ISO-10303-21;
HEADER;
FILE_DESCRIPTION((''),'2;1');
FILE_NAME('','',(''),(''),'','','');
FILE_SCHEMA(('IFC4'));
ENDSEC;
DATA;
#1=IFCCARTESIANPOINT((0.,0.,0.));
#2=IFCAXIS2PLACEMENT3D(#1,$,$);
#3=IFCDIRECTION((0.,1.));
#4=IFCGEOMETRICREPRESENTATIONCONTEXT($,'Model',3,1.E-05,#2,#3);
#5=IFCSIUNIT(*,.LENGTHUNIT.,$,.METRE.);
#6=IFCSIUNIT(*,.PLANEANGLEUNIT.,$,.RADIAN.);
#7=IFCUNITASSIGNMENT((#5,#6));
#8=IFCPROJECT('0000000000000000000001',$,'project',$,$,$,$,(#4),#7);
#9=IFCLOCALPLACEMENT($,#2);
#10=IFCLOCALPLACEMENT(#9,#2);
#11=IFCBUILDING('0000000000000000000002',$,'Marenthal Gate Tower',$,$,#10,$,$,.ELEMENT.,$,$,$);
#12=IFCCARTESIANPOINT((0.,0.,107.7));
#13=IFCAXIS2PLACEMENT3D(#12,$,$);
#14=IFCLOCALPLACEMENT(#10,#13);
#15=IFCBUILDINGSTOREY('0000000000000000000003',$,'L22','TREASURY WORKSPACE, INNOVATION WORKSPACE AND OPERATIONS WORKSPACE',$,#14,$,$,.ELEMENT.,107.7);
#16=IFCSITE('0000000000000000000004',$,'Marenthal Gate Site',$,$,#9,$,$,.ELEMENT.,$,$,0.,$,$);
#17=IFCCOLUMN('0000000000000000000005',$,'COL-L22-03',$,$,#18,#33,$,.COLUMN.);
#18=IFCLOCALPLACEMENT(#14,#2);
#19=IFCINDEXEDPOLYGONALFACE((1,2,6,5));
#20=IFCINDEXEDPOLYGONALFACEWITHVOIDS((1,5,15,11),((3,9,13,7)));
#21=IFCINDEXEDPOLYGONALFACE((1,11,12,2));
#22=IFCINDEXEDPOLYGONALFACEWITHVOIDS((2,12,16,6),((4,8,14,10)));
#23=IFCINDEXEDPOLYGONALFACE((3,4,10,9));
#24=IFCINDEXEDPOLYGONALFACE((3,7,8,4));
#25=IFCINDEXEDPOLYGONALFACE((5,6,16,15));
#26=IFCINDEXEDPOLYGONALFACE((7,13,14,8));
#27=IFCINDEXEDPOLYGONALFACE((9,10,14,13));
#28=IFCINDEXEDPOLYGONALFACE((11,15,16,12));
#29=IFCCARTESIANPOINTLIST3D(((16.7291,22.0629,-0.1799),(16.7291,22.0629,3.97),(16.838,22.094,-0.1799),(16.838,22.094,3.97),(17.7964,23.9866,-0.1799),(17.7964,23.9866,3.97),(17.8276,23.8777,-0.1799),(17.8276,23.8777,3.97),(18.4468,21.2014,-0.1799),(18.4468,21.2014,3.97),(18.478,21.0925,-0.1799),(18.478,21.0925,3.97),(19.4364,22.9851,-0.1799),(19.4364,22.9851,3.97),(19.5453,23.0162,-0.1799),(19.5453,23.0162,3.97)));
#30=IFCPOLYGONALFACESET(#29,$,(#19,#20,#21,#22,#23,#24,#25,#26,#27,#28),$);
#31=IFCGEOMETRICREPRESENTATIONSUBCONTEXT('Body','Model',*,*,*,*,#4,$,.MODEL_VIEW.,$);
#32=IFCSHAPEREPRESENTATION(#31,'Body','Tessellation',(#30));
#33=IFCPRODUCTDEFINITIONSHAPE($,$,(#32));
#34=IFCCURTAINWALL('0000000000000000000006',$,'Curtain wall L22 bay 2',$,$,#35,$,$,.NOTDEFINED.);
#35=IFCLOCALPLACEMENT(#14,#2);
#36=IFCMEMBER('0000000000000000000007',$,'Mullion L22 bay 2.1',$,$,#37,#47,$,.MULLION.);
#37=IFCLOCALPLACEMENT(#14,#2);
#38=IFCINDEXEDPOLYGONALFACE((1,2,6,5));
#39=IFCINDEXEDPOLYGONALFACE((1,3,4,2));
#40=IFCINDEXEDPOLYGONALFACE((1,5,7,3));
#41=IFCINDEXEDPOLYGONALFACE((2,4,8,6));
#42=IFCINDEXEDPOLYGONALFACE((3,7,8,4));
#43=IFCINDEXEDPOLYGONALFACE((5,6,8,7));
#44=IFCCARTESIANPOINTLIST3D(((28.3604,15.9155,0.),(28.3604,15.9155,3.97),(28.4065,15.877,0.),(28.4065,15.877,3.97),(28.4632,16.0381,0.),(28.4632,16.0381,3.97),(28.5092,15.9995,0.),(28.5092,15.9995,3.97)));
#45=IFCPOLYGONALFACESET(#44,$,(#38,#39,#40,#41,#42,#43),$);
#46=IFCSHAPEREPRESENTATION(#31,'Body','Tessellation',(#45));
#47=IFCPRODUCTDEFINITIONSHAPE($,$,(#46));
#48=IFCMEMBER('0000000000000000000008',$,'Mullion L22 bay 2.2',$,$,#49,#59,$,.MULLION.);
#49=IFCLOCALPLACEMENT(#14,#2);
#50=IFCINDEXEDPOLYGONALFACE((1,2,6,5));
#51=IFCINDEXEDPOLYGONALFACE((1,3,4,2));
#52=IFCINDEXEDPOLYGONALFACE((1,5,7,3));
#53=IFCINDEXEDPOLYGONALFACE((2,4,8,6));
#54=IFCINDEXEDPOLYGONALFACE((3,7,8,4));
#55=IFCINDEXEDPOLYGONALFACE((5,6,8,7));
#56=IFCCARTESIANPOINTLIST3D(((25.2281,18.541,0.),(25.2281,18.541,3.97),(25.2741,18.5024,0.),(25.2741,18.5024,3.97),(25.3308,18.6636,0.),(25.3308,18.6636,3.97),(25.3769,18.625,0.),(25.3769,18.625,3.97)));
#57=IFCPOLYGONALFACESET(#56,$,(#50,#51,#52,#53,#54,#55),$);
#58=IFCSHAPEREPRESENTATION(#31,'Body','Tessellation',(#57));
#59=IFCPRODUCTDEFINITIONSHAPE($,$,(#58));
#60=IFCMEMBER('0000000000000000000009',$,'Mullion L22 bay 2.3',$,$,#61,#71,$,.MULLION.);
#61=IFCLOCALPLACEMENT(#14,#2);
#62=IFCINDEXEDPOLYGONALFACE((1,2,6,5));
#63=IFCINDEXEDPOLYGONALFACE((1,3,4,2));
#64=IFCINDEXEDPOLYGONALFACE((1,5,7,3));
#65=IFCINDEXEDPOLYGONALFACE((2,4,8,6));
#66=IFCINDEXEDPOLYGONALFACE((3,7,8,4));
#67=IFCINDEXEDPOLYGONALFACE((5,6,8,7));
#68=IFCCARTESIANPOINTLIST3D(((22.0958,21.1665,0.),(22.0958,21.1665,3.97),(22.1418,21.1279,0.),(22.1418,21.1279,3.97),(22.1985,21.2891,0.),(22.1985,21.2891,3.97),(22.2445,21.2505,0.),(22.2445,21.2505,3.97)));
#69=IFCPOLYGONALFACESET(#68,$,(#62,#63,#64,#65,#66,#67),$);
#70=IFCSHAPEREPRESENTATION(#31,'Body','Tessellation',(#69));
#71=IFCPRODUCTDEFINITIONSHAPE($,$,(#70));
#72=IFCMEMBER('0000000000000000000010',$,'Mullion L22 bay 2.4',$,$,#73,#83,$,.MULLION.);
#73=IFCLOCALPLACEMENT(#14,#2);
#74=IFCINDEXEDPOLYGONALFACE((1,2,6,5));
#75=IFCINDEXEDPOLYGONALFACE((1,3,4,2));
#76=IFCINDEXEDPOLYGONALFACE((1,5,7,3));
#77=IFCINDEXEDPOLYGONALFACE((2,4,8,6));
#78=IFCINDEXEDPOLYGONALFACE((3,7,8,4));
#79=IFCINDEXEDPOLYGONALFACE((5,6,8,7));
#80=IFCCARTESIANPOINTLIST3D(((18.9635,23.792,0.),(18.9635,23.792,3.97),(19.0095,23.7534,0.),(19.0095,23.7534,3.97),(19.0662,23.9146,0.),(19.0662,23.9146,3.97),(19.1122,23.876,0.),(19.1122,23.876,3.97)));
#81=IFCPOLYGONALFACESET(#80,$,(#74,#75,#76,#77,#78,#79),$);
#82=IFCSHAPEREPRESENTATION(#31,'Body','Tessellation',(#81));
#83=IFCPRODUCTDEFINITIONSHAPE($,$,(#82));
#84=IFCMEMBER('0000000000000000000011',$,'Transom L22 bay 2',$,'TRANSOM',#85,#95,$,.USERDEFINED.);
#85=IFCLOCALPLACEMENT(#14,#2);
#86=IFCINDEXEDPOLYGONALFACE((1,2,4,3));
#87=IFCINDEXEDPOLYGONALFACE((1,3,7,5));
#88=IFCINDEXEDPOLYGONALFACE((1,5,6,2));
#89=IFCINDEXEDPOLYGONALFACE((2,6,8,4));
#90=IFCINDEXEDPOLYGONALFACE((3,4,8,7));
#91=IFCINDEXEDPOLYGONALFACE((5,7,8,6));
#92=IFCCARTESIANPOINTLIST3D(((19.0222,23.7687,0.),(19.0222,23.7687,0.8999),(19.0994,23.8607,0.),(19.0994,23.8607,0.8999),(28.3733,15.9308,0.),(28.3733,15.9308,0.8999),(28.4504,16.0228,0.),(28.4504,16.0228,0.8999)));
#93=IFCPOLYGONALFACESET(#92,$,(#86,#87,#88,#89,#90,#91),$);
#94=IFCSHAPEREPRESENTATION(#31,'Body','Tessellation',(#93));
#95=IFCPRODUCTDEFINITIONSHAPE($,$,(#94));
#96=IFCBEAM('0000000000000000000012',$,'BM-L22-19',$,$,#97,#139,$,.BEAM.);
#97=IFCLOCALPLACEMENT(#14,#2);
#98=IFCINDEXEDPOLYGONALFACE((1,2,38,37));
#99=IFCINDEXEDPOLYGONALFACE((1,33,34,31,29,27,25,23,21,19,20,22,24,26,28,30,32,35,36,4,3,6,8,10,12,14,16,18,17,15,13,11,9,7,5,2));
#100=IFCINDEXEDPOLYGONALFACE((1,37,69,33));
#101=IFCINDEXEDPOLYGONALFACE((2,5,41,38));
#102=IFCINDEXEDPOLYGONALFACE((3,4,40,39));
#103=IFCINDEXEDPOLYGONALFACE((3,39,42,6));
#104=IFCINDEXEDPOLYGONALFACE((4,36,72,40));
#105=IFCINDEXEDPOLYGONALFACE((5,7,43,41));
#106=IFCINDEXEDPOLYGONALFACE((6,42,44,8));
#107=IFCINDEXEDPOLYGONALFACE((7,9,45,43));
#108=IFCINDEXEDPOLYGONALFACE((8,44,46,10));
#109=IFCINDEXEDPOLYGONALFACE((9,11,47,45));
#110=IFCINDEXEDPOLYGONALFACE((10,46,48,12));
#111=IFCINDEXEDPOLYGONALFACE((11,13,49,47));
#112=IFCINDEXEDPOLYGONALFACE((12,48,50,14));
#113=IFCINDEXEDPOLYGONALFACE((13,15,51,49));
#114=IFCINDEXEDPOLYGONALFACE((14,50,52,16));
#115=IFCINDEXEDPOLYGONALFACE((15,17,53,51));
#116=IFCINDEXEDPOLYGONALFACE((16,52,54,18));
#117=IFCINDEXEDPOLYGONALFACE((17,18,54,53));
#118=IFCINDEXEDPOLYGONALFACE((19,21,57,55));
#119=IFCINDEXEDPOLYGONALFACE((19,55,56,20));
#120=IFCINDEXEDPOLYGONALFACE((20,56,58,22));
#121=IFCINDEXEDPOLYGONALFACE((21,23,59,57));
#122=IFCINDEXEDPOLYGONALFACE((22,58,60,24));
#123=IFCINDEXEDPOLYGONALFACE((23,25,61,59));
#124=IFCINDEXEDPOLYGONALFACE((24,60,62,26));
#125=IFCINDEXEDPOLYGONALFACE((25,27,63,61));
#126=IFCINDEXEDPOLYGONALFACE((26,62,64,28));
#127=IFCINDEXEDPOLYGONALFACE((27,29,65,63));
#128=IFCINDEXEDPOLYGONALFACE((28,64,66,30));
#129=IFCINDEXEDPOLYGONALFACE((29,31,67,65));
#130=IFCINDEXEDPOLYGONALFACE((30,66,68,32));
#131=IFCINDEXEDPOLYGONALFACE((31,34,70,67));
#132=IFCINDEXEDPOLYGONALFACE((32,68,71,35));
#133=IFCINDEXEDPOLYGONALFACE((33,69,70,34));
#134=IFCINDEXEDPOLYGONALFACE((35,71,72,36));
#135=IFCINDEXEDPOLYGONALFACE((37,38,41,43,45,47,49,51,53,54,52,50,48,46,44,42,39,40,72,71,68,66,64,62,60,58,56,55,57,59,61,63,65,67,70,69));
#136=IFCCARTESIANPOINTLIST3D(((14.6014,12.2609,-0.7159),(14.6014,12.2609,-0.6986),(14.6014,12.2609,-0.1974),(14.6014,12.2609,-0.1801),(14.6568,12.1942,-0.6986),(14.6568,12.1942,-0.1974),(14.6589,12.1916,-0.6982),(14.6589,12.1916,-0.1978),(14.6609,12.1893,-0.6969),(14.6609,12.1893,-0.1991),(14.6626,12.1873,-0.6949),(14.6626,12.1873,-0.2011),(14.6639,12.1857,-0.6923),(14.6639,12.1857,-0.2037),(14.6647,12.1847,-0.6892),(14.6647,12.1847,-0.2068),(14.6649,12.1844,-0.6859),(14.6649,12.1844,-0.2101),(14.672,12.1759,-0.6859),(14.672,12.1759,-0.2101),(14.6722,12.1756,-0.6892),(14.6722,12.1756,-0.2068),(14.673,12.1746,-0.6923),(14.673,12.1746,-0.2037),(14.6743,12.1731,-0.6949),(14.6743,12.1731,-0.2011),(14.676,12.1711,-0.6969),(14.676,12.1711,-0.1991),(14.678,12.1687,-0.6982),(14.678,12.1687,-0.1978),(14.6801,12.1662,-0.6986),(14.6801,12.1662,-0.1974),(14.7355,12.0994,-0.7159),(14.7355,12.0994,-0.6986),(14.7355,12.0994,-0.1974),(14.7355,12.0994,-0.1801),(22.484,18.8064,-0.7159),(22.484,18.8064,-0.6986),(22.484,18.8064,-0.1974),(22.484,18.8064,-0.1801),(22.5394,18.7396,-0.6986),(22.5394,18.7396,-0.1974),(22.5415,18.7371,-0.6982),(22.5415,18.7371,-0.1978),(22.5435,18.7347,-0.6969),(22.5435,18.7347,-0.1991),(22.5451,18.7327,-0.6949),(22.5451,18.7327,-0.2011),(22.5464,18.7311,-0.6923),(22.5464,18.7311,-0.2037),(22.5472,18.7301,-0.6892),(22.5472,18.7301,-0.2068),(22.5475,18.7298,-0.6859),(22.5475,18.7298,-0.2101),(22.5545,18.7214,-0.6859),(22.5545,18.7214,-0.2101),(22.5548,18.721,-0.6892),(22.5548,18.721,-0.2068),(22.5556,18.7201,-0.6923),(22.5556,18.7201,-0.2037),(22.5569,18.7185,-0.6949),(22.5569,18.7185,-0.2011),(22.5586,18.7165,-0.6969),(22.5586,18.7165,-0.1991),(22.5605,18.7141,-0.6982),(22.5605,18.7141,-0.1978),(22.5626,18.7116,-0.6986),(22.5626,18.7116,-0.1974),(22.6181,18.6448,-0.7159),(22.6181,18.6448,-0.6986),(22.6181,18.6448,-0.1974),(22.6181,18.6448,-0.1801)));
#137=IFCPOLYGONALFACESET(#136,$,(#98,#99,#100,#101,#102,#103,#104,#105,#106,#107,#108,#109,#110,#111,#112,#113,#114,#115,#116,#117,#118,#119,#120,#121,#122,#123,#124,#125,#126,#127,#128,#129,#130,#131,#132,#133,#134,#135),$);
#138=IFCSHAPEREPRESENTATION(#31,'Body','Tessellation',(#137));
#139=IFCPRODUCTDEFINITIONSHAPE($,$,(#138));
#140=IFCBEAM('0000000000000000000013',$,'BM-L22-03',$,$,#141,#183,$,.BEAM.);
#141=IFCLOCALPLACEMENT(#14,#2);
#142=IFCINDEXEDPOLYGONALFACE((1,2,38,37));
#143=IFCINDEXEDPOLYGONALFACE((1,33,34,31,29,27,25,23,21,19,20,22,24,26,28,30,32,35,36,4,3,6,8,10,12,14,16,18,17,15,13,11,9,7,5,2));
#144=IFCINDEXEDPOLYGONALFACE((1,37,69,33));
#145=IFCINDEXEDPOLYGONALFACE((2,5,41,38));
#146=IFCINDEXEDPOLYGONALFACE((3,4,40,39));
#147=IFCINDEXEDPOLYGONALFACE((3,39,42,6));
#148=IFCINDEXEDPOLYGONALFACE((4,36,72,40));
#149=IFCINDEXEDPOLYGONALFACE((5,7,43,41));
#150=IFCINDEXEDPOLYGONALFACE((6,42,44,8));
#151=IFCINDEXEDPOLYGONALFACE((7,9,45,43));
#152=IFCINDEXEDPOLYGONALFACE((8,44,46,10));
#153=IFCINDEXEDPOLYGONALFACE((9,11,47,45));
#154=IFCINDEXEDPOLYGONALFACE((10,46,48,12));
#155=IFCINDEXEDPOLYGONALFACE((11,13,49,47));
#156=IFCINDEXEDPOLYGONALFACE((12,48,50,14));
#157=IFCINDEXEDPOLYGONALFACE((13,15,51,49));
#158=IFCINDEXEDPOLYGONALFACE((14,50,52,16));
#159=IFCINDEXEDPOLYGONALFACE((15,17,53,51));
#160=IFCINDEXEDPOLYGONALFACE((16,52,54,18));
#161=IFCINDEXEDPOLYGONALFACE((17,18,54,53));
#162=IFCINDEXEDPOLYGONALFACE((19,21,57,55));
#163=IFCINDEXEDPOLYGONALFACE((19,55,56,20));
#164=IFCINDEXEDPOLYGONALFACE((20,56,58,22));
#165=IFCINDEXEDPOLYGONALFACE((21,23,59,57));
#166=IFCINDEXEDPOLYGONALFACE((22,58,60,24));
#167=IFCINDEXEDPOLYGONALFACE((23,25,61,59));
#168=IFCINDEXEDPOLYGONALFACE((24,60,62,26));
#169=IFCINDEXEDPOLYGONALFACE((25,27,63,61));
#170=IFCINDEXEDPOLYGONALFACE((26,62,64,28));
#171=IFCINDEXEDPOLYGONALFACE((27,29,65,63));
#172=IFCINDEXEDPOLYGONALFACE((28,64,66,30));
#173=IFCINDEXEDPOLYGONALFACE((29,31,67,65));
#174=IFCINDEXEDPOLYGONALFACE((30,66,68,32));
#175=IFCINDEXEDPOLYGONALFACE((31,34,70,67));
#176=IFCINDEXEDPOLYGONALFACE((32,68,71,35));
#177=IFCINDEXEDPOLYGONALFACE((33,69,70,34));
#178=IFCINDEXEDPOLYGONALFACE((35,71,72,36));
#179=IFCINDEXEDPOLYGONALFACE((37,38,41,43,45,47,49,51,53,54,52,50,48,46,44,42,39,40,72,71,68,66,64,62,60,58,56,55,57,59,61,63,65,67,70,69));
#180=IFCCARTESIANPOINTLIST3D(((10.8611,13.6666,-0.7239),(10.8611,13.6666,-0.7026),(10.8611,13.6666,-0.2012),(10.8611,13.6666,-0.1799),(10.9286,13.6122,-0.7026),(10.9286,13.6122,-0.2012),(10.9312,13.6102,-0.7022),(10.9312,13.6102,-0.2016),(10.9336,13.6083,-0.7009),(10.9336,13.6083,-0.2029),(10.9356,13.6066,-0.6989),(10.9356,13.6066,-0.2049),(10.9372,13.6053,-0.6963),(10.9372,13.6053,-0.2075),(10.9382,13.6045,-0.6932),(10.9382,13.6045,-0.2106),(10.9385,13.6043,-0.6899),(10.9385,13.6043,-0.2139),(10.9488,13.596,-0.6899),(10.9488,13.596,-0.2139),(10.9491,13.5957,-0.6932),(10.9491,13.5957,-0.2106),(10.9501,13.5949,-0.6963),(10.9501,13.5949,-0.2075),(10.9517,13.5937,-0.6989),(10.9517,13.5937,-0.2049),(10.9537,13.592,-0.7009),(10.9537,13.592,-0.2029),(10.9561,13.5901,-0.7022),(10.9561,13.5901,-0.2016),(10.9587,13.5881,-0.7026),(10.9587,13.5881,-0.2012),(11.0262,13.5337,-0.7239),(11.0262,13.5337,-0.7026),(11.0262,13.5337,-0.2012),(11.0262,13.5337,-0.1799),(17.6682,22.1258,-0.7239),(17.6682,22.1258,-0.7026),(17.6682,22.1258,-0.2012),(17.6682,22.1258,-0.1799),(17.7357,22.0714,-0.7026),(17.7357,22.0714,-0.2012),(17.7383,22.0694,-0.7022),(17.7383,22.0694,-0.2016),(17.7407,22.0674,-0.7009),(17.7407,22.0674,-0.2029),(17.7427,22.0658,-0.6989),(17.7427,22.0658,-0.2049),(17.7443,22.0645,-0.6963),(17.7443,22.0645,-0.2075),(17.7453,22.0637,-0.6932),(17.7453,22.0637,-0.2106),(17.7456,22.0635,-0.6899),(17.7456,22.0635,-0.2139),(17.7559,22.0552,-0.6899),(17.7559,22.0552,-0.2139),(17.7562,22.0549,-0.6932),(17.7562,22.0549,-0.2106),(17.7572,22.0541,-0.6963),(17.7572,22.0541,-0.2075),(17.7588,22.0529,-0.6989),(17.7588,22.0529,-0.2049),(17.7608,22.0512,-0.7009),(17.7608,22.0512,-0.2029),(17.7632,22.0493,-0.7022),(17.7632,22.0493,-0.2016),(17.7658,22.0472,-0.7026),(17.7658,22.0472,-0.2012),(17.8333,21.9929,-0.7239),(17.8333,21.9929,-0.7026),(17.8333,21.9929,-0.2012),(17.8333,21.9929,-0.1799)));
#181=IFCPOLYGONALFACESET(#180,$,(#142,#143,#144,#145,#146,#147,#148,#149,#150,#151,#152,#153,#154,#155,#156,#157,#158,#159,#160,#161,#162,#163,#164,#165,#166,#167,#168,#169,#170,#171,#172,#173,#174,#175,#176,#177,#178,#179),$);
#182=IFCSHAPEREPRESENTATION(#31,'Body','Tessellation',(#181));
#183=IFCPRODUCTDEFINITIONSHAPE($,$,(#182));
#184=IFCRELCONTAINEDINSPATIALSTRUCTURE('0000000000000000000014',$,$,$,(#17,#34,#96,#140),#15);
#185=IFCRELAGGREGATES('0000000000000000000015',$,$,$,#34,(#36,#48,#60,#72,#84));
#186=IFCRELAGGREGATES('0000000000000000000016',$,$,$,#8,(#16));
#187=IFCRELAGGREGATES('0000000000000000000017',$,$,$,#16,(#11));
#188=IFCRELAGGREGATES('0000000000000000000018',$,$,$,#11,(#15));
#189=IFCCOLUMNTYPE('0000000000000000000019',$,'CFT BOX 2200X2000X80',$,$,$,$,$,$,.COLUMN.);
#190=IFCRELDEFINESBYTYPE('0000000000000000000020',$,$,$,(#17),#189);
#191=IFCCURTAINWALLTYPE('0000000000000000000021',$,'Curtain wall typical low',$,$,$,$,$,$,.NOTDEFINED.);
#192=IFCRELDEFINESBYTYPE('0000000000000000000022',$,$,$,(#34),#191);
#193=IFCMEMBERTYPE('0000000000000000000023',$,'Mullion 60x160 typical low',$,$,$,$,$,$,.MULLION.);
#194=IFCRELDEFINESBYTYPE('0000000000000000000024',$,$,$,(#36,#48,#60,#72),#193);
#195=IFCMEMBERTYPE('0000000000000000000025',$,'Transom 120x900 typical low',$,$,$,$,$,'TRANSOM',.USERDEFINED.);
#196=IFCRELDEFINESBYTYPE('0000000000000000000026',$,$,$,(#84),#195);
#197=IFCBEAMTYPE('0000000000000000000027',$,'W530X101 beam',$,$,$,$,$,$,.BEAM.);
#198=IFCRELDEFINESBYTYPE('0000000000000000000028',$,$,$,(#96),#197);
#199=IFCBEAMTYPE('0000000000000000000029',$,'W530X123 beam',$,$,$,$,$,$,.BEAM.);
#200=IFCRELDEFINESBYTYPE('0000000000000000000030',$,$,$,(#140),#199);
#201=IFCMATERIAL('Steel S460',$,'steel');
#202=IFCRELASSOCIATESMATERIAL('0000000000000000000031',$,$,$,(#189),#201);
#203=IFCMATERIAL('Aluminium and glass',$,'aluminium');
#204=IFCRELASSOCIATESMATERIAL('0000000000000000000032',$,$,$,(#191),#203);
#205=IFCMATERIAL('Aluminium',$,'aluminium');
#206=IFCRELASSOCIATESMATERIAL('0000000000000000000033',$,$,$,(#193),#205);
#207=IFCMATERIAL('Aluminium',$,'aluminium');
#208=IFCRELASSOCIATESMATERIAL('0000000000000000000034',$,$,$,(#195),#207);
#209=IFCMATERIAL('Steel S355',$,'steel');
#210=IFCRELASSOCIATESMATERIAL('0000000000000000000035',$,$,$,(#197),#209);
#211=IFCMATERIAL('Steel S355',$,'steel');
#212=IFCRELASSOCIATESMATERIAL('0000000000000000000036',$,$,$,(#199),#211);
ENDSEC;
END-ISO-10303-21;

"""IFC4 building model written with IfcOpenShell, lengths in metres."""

from ifc_helpers import new_model, si_unit, direction, frame, origin, origin_2d, place, context, subcontext, project, spatial, rectangle, hollow_rectangle, i_section, extrude, material, material_profile, profile_set, type_object, element, aggregate, save


model = new_model("IFC4")

# Units and contexts
model_context = context("Model", 3, precision=1e-05, world=origin(), true_north=direction((0.0, 1.0)))
body_context = subcontext(model_context, "Body", "Model", "MODEL_VIEW")
ifc_project = project(units=[si_unit("LENGTHUNIT", "METRE"), si_unit("PLANEANGLEUNIT", "RADIAN")], contexts=[model_context])

# Site, building, storey
site_placement = place(None, origin())
site = spatial("IfcSite", under=ifc_project, at=site_placement, Name="Marenthal Gate Site", CompositionType="ELEMENT", RefElevation=0.0)
building_placement = place(site_placement, origin())
building = spatial("IfcBuilding", under=site, at=building_placement, Name="Marenthal Gate Tower", CompositionType="ELEMENT")
storey_placement = place(building_placement, frame((0.0, 0.0, 107.7)))
storey = spatial("IfcBuildingStorey", under=building, at=storey_placement, Name="L22", Description="TREASURY WORKSPACE, INNOVATION WORKSPACE AND OPERATIONS WORKSPACE", CompositionType="ELEMENT", Elevation=107.7)

# Column
ifc_material_1 = material(Name="Steel S460", Category="steel")
ifc_material_profile_1 = material_profile(ifc_material_1, hollow_rectangle(XDim=2.0, YDim=2.2, WallThickness=0.0801, at=origin_2d()), Name="CFT BOX 2200X2000X80")
ifc_material_2 = material(Name="Concrete 70 MPa", Category="concrete")
ifc_material_profile_2 = material_profile(ifc_material_2, rectangle(XDim=1.8401, YDim=2.04, at=origin_2d()), Name="CFT BOX 2200X2000X80 INFILL")
ifc_profile_set_1 = profile_set([ifc_material_profile_1, ifc_material_profile_2], Name="Steel S460 shell, Concrete 70 MPa infill")
column_type = type_object("IfcColumnType", Name="CFT BOX 2200X2000X80", PredefinedType="COLUMN", material=ifc_profile_set_1)
column_placement = place(storey_placement, frame((18.1372, 22.5396, -0.1799), z_axis=(0.0, 0.0, 1.0), x_axis=(0.874427, -0.485158, 0.0)))
element("IfcColumn", 1, at=column_placement, inside=storey, type_object=column_type, Name="COL-L22-03", PredefinedType="COLUMN", context=body_context, shape_type="SweptSolid", body=[
    extrude(hollow_rectangle(XDim=2.0, YDim=2.2, WallThickness=0.0801, at=origin_2d()), origin(), (0.0, 0.0, 1.0), 4.1499),
])

# Curtain wall, members
ifc_material_3 = material(Name="Aluminium and glass", Category="aluminium")
curtain_wall_type = type_object("IfcCurtainWallType", Name="Curtain wall typical low", PredefinedType="NOTDEFINED", material=ifc_material_3)
curtain_wall_placement = place(storey_placement, origin())
curtain_wall = element("IfcCurtainWall", 2, at=curtain_wall_placement, inside=storey, type_object=curtain_wall_type, Name="Curtain wall L22 bay 2", PredefinedType="NOTDEFINED")
ifc_material_4 = material(Name="Aluminium", Category="aluminium")
ifc_material_profile_3 = material_profile(ifc_material_4, rectangle(XDim=0.1599, YDim=0.0601, at=origin_2d()), Name="60x160 aluminium mullion")
ifc_profile_set_2 = profile_set([ifc_material_profile_3], Name="Aluminium")
member_type_1 = type_object("IfcMemberType", Name="Mullion 60x160 typical low", PredefinedType="MULLION", material=ifc_profile_set_2)
member_1_placement = place(storey_placement, frame((28.4348, 15.9575, 0.0), z_axis=(0.0, 0.0, 1.0), x_axis=(-0.642377, -0.766389, 0.0)))
member_1 = element("IfcMember", 3, at=member_1_placement, type_object=member_type_1, Name="Mullion L22 bay 2.1", PredefinedType="MULLION", context=body_context, shape_type="SweptSolid", body=[
    extrude(rectangle(XDim=0.1599, YDim=0.0601, at=origin_2d()), origin(), (0.0, 0.0, 1.0), 3.97),
])
member_2_placement = place(storey_placement, frame((25.3025, 18.583, 0.0), z_axis=(0.0, 0.0, 1.0), x_axis=(-0.642377, -0.766389, 0.0)))
member_2 = element("IfcMember", 4, at=member_2_placement, type_object=member_type_1, Name="Mullion L22 bay 2.2", PredefinedType="MULLION", context=body_context, shape_type="SweptSolid", body=[
    extrude(rectangle(XDim=0.1599, YDim=0.0601, at=origin_2d()), origin(), (0.0, 0.0, 1.0), 3.97),
])
member_3_placement = place(storey_placement, frame((22.1702, 21.2085, 0.0), z_axis=(0.0, 0.0, 1.0), x_axis=(-0.642377, -0.766389, 0.0)))
member_3 = element("IfcMember", 5, at=member_3_placement, type_object=member_type_1, Name="Mullion L22 bay 2.3", PredefinedType="MULLION", context=body_context, shape_type="SweptSolid", body=[
    extrude(rectangle(XDim=0.1599, YDim=0.0601, at=origin_2d()), origin(), (0.0, 0.0, 1.0), 3.97),
])
member_4_placement = place(storey_placement, frame((19.0378, 23.834, 0.0), z_axis=(0.0, 0.0, 1.0), x_axis=(-0.642377, -0.766389, 0.0)))
member_4 = element("IfcMember", 6, at=member_4_placement, type_object=member_type_1, Name="Mullion L22 bay 2.4", PredefinedType="MULLION", context=body_context, shape_type="SweptSolid", body=[
    extrude(rectangle(XDim=0.1599, YDim=0.0601, at=origin_2d()), origin(), (0.0, 0.0, 1.0), 3.97),
])
ifc_material_5 = material(Name="Aluminium", Category="aluminium")
ifc_material_profile_4 = material_profile(ifc_material_5, rectangle(XDim=0.1201, YDim=0.8999, at=origin_2d()), Name="120x900 aluminium transom")
ifc_profile_set_3 = profile_set([ifc_material_profile_4], Name="Aluminium")
member_type_2 = type_object("IfcMemberType", Name="Transom 120x900 typical low", ElementType="TRANSOM", PredefinedType="USERDEFINED", material=ifc_profile_set_3)
member_5_placement = place(storey_placement, frame((28.4119, 15.9768, 0.45), z_axis=(-0.766391, 0.642374, 0.0), x_axis=(-0.642374, -0.766391, 0.0)))
member_5 = element("IfcMember", 7, at=member_5_placement, type_object=member_type_2, Name="Transom L22 bay 2", ObjectType="TRANSOM", PredefinedType="USERDEFINED", context=body_context, shape_type="SweptSolid", body=[
    extrude(rectangle(XDim=0.1201, YDim=0.8999, at=origin_2d()), origin(), (0.0, 0.0, 1.0), 12.2014),
])

# Beams
ifc_material_6 = material(Name="Steel S355", Category="steel")
ifc_material_profile_5 = material_profile(ifc_material_6, i_section(OverallWidth=0.21, OverallDepth=0.5359, WebThickness=0.011, FlangeThickness=0.0173, FilletRadius=0.0127, at=origin_2d()), Name="W530X101")
ifc_profile_set_4 = profile_set([ifc_material_profile_5], Name="Steel S355")
beam_type_1 = type_object("IfcBeamType", Name="W530X101 beam", PredefinedType="BEAM", material=ifc_profile_set_4)
beam_1_placement = place(storey_placement, frame((22.551, 18.7256, -0.448), z_axis=(-0.769343, -0.638836, 0.0), x_axis=(0.638836, -0.769343, 0.0)))
element("IfcBeam", 8, at=beam_1_placement, inside=storey, type_object=beam_type_1, Name="BM-L22-19", PredefinedType="BEAM", context=body_context, shape_type="SweptSolid", body=[
    extrude(i_section(OverallWidth=0.21, OverallDepth=0.5359, WebThickness=0.011, FlangeThickness=0.0173, FilletRadius=0.0127, at=origin_2d()), origin(), (0.0, 0.0, 1.0), 10.2458),
])
ifc_material_7 = material(Name="Steel S355", Category="steel")
ifc_material_profile_6 = material_profile(ifc_material_7, i_section(OverallWidth=0.2119, OverallDepth=0.5439, WebThickness=0.0132, FlangeThickness=0.0212, FilletRadius=0.0127, at=origin_2d()), Name="W530X123")
ifc_profile_set_5 = profile_set([ifc_material_profile_6], Name="Steel S355")
beam_type_2 = type_object("IfcBeamType", Name="W530X123 beam", PredefinedType="BEAM", material=ifc_profile_set_5)
beam_2_placement = place(storey_placement, frame((17.7507, 22.0593, -0.4519), z_axis=(-0.626925, -0.77908, 0.0), x_axis=(0.77908, -0.626925, 0.0)))
element("IfcBeam", 9, at=beam_2_placement, inside=storey, type_object=beam_type_2, Name="BM-L22-03", PredefinedType="BEAM", context=body_context, shape_type="SweptSolid", body=[
    extrude(i_section(OverallWidth=0.2119, OverallDepth=0.5439, WebThickness=0.0132, FlangeThickness=0.0212, FilletRadius=0.0127, at=origin_2d()), origin(), (0.0, 0.0, 1.0), 10.8579),
])

aggregate(curtain_wall, [member_1, member_2, member_3, member_4, member_5])

save(model, "model.ifc")
